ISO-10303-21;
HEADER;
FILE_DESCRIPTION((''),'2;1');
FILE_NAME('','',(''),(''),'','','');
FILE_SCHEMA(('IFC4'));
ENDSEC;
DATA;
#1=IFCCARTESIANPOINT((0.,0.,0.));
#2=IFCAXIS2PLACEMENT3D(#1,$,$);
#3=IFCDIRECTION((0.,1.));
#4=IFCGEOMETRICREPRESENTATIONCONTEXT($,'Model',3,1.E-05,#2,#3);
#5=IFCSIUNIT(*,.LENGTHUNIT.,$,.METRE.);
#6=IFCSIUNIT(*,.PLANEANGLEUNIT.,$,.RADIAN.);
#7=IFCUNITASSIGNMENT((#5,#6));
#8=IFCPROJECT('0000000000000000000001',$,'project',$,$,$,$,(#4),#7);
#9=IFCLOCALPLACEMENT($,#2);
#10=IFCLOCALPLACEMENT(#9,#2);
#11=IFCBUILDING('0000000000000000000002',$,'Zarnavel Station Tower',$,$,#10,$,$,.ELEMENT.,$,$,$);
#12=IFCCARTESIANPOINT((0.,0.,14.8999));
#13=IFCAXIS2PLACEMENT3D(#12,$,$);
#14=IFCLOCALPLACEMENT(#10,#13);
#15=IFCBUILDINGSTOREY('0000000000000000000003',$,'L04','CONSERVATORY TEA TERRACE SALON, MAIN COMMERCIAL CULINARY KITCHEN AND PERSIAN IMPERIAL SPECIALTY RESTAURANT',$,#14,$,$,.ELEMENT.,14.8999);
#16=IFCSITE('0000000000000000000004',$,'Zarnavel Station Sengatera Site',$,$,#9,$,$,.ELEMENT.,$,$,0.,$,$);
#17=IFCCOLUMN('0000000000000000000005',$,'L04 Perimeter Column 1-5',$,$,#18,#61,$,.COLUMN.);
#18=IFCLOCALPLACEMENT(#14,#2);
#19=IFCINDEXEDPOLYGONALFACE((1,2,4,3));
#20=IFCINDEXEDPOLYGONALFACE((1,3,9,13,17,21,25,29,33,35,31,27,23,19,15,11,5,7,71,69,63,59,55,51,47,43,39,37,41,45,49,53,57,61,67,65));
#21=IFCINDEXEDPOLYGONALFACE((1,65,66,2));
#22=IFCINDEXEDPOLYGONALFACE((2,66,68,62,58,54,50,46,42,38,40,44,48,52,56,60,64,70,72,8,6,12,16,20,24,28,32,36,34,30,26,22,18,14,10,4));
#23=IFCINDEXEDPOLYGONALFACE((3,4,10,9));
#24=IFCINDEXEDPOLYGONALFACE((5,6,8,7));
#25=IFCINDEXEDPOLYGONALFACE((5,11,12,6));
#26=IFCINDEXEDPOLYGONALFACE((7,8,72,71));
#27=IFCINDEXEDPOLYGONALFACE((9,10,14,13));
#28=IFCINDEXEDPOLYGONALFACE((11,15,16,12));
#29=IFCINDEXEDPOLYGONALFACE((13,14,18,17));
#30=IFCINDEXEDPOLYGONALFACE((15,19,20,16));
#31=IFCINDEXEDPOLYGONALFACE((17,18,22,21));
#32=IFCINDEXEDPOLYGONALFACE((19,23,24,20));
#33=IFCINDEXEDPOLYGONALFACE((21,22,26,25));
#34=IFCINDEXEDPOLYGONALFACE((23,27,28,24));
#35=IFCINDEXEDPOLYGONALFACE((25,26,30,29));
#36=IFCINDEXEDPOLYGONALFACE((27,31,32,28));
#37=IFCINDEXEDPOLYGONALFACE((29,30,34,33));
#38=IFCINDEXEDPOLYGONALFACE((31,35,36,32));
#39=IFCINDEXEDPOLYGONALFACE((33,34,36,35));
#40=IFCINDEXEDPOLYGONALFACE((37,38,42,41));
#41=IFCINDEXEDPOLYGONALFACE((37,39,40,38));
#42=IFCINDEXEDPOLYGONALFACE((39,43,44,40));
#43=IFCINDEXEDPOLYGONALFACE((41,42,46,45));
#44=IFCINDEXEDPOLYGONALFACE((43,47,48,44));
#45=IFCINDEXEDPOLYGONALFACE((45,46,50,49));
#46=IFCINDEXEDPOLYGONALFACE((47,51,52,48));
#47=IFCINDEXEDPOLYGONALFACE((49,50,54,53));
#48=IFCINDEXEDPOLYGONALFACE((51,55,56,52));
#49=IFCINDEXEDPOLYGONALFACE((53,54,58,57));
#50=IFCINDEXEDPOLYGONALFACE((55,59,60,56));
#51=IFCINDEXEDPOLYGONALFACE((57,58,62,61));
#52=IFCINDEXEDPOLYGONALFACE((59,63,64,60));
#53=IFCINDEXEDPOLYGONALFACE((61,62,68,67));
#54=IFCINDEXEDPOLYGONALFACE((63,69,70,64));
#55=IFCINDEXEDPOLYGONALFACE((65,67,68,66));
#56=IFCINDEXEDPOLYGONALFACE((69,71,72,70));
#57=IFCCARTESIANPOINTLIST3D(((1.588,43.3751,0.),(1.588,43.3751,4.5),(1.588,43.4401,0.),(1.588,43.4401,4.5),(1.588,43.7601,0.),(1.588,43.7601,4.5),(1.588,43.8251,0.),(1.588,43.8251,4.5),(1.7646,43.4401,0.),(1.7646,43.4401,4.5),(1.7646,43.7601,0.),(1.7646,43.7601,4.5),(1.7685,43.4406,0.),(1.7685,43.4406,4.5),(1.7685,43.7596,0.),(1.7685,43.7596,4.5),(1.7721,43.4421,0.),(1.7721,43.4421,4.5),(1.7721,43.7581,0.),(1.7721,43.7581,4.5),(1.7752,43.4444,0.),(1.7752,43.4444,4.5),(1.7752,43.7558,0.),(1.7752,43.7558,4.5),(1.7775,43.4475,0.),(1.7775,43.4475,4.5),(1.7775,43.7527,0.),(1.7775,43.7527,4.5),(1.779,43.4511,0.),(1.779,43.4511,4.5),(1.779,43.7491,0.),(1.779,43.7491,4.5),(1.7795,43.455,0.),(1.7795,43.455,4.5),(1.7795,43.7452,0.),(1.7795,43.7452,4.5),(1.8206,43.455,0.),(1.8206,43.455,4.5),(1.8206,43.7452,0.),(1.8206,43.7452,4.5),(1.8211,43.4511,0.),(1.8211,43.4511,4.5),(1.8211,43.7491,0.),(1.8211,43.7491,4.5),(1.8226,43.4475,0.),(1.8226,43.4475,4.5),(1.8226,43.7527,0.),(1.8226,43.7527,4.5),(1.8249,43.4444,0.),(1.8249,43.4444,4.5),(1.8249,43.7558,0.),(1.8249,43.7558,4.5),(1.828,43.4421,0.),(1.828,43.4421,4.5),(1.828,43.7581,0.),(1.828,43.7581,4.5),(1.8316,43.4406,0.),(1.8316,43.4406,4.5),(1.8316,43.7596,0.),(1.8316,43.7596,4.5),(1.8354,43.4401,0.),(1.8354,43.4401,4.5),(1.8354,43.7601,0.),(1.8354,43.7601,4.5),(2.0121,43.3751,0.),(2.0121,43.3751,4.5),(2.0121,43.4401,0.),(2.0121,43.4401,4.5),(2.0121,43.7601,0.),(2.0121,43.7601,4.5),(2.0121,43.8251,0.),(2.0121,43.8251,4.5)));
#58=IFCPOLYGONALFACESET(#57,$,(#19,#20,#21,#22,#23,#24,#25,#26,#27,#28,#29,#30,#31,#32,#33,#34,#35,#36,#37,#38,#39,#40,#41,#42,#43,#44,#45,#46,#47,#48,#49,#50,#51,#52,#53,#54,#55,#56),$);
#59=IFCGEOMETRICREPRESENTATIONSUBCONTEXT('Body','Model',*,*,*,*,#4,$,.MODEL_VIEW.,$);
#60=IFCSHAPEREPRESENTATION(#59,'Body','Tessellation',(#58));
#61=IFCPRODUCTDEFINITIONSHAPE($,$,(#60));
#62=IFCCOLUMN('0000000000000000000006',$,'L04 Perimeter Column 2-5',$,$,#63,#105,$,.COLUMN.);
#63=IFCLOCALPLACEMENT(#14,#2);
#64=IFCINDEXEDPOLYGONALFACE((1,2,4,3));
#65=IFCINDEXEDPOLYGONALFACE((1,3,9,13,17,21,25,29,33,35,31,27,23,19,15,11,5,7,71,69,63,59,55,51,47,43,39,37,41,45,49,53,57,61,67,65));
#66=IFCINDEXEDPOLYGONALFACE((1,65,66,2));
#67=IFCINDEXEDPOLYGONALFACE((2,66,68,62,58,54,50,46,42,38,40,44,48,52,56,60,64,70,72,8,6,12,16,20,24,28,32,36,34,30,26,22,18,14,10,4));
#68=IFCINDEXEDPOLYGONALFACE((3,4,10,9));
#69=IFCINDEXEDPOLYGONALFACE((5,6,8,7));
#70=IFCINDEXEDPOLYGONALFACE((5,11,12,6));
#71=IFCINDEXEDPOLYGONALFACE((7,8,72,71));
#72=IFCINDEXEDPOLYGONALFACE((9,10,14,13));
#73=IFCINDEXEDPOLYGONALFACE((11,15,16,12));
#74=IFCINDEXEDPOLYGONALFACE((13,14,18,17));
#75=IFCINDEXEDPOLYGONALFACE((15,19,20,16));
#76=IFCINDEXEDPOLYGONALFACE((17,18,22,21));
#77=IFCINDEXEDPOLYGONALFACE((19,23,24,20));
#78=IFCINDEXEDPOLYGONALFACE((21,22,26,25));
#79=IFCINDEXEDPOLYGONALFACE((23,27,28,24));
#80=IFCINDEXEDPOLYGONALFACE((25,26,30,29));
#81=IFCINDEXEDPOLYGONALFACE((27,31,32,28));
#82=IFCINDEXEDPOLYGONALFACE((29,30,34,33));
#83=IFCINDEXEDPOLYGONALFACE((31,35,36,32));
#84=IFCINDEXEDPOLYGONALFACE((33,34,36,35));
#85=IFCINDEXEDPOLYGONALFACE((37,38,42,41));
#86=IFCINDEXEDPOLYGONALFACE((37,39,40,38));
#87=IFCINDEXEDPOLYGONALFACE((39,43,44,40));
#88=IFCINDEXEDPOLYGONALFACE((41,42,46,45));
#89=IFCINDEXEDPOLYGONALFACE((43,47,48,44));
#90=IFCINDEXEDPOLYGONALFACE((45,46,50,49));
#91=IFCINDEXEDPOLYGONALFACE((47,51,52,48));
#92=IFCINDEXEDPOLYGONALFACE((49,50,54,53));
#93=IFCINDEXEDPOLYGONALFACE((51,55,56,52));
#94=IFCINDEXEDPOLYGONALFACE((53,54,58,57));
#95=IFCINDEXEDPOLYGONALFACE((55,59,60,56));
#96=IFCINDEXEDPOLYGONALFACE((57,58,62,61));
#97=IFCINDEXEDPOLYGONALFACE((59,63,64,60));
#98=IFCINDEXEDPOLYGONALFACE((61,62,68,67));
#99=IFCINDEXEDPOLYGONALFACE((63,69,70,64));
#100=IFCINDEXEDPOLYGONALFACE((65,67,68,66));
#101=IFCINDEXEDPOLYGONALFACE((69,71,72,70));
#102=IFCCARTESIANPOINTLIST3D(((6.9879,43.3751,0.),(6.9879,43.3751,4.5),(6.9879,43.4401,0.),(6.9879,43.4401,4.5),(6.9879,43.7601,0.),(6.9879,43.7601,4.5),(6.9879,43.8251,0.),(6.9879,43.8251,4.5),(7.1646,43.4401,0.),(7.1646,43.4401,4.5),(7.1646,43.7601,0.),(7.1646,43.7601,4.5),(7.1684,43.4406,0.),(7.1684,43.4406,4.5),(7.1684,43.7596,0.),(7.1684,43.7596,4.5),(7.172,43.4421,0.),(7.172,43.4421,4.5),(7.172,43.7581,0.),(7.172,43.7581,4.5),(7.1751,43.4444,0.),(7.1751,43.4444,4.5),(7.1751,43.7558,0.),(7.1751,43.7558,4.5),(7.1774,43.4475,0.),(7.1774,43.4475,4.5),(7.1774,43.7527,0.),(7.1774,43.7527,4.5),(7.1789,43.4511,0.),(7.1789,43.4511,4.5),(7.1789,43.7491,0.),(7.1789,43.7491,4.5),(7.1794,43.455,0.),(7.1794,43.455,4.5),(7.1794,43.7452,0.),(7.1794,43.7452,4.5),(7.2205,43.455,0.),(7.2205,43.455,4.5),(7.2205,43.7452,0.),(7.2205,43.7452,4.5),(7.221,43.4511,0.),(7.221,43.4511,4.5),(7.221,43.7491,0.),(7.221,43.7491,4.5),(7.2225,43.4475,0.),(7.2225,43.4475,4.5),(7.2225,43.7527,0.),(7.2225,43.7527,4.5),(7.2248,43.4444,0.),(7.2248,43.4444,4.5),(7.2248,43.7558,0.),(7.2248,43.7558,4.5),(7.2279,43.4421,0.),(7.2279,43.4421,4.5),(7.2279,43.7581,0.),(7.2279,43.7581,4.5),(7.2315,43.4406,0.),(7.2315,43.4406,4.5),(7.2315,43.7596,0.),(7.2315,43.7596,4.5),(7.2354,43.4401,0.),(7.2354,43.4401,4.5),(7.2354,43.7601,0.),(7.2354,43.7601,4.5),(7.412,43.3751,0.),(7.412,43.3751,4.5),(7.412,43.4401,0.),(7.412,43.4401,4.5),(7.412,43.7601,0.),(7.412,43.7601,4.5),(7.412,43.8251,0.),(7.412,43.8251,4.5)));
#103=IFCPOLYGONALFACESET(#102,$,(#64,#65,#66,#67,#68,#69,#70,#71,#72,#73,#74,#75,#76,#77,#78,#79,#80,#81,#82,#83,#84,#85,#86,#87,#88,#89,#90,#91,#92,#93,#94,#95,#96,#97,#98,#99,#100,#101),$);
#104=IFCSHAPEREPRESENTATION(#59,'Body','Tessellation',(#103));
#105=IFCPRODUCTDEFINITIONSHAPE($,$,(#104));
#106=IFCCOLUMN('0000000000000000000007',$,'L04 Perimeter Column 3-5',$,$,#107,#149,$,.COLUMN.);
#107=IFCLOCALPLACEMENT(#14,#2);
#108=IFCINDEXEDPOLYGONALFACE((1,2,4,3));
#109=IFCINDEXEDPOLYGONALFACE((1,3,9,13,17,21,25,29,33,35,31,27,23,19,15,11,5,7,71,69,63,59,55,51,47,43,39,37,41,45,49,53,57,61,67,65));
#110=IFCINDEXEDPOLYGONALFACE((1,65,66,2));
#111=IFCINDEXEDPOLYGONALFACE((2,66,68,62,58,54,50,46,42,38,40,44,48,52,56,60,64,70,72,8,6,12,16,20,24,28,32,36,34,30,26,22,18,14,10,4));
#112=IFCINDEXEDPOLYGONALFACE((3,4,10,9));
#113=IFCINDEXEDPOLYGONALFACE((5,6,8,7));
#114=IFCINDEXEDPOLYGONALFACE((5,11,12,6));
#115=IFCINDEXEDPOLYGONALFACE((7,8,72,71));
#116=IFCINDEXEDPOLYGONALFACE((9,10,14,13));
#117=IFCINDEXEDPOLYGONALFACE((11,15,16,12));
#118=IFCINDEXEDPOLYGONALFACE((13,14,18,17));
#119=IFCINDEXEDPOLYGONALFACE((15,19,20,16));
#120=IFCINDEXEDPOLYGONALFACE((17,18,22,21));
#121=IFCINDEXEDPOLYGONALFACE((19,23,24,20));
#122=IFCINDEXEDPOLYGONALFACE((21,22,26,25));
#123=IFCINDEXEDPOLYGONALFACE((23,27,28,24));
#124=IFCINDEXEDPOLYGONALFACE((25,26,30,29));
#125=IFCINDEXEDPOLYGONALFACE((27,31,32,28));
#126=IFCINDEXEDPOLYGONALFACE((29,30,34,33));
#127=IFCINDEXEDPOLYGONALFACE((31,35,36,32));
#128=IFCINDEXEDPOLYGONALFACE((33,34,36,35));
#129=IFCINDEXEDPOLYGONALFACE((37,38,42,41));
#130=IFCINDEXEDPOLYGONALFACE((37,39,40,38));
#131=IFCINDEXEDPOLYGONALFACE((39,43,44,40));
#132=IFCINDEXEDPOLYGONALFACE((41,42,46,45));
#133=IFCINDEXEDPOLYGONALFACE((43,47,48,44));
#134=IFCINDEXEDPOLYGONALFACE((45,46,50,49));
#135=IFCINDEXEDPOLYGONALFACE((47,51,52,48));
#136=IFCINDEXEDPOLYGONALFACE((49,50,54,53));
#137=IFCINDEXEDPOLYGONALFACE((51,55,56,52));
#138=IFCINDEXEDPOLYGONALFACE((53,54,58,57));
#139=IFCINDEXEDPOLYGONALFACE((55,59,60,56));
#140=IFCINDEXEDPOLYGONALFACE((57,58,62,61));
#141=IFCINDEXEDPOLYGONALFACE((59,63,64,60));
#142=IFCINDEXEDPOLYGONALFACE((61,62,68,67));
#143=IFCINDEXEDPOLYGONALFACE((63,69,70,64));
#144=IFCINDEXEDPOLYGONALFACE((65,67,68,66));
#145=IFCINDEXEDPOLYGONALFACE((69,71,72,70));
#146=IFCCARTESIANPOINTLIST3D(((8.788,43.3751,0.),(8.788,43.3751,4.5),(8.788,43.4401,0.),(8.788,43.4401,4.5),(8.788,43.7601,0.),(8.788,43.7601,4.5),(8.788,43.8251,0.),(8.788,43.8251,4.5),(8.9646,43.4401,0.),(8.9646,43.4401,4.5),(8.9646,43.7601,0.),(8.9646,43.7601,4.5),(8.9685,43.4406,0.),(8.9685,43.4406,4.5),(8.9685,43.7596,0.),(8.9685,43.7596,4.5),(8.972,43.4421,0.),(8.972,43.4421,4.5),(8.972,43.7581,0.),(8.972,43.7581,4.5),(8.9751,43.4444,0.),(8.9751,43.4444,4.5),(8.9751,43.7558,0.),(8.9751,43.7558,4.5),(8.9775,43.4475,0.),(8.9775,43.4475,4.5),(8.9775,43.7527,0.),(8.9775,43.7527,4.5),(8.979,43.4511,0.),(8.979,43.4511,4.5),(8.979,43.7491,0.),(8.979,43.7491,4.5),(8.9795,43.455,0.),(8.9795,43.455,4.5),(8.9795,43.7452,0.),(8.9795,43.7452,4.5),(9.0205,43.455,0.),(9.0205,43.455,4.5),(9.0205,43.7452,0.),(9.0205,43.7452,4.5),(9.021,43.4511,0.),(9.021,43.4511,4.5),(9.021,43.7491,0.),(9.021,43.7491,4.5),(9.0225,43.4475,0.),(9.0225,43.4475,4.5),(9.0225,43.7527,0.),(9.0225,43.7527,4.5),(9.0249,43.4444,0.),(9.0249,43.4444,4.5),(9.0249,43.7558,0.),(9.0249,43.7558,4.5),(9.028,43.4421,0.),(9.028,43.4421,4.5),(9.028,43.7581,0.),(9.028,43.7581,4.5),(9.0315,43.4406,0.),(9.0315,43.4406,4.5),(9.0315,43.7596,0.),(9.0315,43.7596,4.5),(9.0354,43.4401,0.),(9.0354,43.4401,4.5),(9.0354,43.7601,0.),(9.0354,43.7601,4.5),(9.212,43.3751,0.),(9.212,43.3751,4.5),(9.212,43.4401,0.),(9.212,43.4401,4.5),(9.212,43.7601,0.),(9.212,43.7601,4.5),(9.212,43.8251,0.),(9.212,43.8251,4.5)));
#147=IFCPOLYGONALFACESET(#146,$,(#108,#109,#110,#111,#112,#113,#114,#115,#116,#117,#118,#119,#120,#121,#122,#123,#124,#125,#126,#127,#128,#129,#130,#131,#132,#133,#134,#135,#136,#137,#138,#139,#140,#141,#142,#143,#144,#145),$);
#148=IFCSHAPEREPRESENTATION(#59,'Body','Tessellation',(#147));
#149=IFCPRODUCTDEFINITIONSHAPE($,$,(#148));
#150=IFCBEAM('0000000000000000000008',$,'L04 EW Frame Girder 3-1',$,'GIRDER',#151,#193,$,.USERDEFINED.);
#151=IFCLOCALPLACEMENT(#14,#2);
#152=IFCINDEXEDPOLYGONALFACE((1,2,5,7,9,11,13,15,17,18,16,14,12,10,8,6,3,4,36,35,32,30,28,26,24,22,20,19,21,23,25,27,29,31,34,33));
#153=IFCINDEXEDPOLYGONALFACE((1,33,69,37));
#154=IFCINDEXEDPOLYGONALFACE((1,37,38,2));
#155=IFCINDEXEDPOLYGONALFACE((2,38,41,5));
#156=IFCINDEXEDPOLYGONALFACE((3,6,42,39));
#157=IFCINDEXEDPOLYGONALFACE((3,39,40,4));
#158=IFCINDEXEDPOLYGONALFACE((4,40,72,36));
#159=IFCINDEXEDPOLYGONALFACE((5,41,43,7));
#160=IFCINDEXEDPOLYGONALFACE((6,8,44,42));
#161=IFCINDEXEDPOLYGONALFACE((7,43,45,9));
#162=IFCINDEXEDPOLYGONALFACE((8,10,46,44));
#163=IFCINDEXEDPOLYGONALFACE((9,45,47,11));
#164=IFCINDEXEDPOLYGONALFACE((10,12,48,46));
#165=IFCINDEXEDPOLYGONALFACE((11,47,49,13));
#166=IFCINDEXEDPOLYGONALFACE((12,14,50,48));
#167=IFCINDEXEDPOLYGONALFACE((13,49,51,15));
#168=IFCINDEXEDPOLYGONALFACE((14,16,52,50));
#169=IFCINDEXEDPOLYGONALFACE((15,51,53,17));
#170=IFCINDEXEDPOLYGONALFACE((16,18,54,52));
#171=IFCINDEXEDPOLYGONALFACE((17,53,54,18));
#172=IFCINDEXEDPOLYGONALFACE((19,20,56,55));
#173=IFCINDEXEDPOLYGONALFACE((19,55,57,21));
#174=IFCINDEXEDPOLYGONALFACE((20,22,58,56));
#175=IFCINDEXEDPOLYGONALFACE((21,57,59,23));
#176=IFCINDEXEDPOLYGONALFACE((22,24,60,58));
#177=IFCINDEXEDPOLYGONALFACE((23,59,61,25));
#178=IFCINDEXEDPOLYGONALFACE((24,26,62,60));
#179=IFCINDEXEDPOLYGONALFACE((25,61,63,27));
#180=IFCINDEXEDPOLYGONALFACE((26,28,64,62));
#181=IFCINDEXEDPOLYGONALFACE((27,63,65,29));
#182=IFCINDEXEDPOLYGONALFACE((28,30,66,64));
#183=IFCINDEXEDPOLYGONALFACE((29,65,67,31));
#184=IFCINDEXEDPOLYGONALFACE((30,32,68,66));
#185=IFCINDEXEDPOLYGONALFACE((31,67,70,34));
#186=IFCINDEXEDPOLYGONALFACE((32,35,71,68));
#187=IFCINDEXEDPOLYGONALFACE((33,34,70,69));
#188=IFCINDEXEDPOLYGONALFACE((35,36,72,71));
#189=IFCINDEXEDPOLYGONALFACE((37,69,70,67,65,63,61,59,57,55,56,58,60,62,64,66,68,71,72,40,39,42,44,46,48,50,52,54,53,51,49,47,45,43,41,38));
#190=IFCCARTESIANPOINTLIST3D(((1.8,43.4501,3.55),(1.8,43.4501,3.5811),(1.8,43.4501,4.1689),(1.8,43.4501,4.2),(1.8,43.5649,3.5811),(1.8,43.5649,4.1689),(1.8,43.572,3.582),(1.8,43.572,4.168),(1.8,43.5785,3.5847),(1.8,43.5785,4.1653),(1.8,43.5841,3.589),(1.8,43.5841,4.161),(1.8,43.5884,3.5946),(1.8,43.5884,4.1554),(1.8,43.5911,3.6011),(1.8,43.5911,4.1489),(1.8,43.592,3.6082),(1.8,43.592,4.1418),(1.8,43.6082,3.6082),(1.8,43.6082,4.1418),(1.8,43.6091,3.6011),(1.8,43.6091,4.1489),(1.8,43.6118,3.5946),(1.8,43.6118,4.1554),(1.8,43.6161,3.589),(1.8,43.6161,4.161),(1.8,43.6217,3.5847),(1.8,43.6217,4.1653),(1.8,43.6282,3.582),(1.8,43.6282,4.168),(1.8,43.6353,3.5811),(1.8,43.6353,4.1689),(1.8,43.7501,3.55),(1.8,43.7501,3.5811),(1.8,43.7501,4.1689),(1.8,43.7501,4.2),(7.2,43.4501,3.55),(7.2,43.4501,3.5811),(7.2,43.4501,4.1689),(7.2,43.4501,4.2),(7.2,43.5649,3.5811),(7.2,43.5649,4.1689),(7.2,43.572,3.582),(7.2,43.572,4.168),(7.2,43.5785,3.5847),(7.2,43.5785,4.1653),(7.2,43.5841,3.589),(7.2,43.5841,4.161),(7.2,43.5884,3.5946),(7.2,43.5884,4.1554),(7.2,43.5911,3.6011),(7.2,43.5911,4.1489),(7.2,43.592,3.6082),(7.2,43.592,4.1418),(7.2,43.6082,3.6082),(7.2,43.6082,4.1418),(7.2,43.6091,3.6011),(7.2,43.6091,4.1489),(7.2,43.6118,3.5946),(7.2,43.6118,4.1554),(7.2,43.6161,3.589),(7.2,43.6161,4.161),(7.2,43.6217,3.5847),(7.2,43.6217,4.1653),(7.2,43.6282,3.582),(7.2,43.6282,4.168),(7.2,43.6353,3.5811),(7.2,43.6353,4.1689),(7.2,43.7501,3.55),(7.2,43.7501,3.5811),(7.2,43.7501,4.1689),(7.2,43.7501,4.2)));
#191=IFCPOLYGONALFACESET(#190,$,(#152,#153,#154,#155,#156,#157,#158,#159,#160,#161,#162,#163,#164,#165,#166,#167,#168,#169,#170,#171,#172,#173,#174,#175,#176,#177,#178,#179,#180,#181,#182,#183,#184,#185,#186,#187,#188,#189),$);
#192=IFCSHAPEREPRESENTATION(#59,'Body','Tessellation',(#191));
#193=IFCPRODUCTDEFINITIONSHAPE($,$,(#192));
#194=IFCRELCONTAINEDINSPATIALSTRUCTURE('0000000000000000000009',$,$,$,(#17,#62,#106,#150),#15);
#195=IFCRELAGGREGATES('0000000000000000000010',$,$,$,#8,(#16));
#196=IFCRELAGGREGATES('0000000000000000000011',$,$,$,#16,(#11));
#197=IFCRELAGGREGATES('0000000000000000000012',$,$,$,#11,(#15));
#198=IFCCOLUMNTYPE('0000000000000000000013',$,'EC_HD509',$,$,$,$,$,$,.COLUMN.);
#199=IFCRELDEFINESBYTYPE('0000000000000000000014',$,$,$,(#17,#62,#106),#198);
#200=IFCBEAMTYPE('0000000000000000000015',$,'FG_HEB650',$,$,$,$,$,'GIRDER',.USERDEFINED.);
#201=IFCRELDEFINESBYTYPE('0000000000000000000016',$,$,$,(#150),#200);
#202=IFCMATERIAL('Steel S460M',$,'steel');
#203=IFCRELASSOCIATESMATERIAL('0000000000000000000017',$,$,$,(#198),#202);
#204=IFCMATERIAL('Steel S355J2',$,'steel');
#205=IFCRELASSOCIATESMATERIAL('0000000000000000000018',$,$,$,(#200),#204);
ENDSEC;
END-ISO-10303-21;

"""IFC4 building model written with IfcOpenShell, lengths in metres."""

from ifc_helpers import new_model, si_unit, direction, frame, origin, origin_2d, place, context, subcontext, project, spatial, i_section, extrude, material, material_profile, profile_set, type_object, element, save


model = new_model("IFC4")

# Units and contexts
model_context = context("Model", 3, precision=1e-05, world=origin(), true_north=direction((0.0, 1.0)))
body_context = subcontext(model_context, "Body", "Model", "MODEL_VIEW")
ifc_project = project(units=[si_unit("LENGTHUNIT", "METRE"), si_unit("PLANEANGLEUNIT", "RADIAN")], contexts=[model_context])

# Site, building, storey
site_placement = place(None, origin())
site = spatial("IfcSite", under=ifc_project, at=site_placement, Name="Zarnavel Station Sengatera Site", CompositionType="ELEMENT", RefElevation=0.0)
building_placement = place(site_placement, origin())
building = spatial("IfcBuilding", under=site, at=building_placement, Name="Zarnavel Station Tower", CompositionType="ELEMENT")
storey_placement = place(building_placement, frame((0.0, 0.0, 14.8999)))
storey = spatial("IfcBuildingStorey", under=building, at=storey_placement, Name="L04", Description="CONSERVATORY TEA TERRACE SALON, MAIN COMMERCIAL CULINARY KITCHEN AND PERSIAN IMPERIAL SPECIALTY RESTAURANT", CompositionType="ELEMENT", Elevation=14.8999)

# Columns
ifc_material_1 = material(Name="Steel S460M", Category="steel")
ifc_material_profile_1 = material_profile(ifc_material_1, i_section(OverallWidth=0.4241, OverallDepth=0.45, WebThickness=0.041, FlangeThickness=0.0649, FilletRadius=0.0149, at=origin_2d()), Name="HD400x509")
ifc_profile_set_1 = profile_set([ifc_material_profile_1], Name="Steel S460M")
column_type = type_object("IfcColumnType", Name="EC_HD509", PredefinedType="COLUMN", material=ifc_profile_set_1)
for number, where, z_axis, x_axis, name in (
    (1, (1.8, 43.6001, 0.0), (0.0, 0.0, 1.0), (1.0, 0.0, 0.0), "L04 Perimeter Column 1-5"),
    (2, (7.2, 43.6001, 0.0), (0.0, 0.0, 1.0), (1.0, 0.0, 0.0), "L04 Perimeter Column 2-5"),
    (3, (9.0, 43.6001, 0.0), (0.0, 0.0, 1.0), (1.0, 0.0, 0.0), "L04 Perimeter Column 3-5"),
):
    element("IfcColumn", number, at=place(storey_placement, frame(where, z_axis=z_axis, x_axis=x_axis)), inside=storey, type_object=column_type, Name=name, PredefinedType="COLUMN", context=body_context, shape_type="SweptSolid", body=[
        extrude(i_section(OverallWidth=0.4241, OverallDepth=0.45, WebThickness=0.041, FlangeThickness=0.0649, FilletRadius=0.0149, at=origin_2d()), origin(), (0.0, 0.0, 1.0), 4.5),
    ])

# Beam
ifc_material_2 = material(Name="Steel S355J2", Category="steel")
ifc_material_profile_2 = material_profile(ifc_material_2, i_section(OverallWidth=0.3, OverallDepth=0.6499, WebThickness=0.0161, FlangeThickness=0.031, FilletRadius=0.0271, at=origin_2d()), Name="HEB650")
ifc_profile_set_2 = profile_set([ifc_material_profile_2], Name="Steel S355J2")
beam_type = type_object("IfcBeamType", Name="FG_HEB650", ElementType="GIRDER", PredefinedType="USERDEFINED", material=ifc_profile_set_2)
beam_1_placement = place(storey_placement, frame((1.8, 43.6001, 3.875), z_axis=(1.0, 0.0, 0.0), x_axis=(0.0, 1.0, 0.0)))
element("IfcBeam", 4, at=beam_1_placement, inside=storey, type_object=beam_type, Name="L04 EW Frame Girder 3-1", ObjectType="GIRDER", PredefinedType="USERDEFINED", context=body_context, shape_type="SweptSolid", body=[
    extrude(i_section(OverallWidth=0.3, OverallDepth=0.6499, WebThickness=0.0161, FlangeThickness=0.031, FilletRadius=0.0271, at=origin_2d()), origin(), (0.0, 0.0, 1.0), 5.3999),
])

save(model, "model.ifc")
